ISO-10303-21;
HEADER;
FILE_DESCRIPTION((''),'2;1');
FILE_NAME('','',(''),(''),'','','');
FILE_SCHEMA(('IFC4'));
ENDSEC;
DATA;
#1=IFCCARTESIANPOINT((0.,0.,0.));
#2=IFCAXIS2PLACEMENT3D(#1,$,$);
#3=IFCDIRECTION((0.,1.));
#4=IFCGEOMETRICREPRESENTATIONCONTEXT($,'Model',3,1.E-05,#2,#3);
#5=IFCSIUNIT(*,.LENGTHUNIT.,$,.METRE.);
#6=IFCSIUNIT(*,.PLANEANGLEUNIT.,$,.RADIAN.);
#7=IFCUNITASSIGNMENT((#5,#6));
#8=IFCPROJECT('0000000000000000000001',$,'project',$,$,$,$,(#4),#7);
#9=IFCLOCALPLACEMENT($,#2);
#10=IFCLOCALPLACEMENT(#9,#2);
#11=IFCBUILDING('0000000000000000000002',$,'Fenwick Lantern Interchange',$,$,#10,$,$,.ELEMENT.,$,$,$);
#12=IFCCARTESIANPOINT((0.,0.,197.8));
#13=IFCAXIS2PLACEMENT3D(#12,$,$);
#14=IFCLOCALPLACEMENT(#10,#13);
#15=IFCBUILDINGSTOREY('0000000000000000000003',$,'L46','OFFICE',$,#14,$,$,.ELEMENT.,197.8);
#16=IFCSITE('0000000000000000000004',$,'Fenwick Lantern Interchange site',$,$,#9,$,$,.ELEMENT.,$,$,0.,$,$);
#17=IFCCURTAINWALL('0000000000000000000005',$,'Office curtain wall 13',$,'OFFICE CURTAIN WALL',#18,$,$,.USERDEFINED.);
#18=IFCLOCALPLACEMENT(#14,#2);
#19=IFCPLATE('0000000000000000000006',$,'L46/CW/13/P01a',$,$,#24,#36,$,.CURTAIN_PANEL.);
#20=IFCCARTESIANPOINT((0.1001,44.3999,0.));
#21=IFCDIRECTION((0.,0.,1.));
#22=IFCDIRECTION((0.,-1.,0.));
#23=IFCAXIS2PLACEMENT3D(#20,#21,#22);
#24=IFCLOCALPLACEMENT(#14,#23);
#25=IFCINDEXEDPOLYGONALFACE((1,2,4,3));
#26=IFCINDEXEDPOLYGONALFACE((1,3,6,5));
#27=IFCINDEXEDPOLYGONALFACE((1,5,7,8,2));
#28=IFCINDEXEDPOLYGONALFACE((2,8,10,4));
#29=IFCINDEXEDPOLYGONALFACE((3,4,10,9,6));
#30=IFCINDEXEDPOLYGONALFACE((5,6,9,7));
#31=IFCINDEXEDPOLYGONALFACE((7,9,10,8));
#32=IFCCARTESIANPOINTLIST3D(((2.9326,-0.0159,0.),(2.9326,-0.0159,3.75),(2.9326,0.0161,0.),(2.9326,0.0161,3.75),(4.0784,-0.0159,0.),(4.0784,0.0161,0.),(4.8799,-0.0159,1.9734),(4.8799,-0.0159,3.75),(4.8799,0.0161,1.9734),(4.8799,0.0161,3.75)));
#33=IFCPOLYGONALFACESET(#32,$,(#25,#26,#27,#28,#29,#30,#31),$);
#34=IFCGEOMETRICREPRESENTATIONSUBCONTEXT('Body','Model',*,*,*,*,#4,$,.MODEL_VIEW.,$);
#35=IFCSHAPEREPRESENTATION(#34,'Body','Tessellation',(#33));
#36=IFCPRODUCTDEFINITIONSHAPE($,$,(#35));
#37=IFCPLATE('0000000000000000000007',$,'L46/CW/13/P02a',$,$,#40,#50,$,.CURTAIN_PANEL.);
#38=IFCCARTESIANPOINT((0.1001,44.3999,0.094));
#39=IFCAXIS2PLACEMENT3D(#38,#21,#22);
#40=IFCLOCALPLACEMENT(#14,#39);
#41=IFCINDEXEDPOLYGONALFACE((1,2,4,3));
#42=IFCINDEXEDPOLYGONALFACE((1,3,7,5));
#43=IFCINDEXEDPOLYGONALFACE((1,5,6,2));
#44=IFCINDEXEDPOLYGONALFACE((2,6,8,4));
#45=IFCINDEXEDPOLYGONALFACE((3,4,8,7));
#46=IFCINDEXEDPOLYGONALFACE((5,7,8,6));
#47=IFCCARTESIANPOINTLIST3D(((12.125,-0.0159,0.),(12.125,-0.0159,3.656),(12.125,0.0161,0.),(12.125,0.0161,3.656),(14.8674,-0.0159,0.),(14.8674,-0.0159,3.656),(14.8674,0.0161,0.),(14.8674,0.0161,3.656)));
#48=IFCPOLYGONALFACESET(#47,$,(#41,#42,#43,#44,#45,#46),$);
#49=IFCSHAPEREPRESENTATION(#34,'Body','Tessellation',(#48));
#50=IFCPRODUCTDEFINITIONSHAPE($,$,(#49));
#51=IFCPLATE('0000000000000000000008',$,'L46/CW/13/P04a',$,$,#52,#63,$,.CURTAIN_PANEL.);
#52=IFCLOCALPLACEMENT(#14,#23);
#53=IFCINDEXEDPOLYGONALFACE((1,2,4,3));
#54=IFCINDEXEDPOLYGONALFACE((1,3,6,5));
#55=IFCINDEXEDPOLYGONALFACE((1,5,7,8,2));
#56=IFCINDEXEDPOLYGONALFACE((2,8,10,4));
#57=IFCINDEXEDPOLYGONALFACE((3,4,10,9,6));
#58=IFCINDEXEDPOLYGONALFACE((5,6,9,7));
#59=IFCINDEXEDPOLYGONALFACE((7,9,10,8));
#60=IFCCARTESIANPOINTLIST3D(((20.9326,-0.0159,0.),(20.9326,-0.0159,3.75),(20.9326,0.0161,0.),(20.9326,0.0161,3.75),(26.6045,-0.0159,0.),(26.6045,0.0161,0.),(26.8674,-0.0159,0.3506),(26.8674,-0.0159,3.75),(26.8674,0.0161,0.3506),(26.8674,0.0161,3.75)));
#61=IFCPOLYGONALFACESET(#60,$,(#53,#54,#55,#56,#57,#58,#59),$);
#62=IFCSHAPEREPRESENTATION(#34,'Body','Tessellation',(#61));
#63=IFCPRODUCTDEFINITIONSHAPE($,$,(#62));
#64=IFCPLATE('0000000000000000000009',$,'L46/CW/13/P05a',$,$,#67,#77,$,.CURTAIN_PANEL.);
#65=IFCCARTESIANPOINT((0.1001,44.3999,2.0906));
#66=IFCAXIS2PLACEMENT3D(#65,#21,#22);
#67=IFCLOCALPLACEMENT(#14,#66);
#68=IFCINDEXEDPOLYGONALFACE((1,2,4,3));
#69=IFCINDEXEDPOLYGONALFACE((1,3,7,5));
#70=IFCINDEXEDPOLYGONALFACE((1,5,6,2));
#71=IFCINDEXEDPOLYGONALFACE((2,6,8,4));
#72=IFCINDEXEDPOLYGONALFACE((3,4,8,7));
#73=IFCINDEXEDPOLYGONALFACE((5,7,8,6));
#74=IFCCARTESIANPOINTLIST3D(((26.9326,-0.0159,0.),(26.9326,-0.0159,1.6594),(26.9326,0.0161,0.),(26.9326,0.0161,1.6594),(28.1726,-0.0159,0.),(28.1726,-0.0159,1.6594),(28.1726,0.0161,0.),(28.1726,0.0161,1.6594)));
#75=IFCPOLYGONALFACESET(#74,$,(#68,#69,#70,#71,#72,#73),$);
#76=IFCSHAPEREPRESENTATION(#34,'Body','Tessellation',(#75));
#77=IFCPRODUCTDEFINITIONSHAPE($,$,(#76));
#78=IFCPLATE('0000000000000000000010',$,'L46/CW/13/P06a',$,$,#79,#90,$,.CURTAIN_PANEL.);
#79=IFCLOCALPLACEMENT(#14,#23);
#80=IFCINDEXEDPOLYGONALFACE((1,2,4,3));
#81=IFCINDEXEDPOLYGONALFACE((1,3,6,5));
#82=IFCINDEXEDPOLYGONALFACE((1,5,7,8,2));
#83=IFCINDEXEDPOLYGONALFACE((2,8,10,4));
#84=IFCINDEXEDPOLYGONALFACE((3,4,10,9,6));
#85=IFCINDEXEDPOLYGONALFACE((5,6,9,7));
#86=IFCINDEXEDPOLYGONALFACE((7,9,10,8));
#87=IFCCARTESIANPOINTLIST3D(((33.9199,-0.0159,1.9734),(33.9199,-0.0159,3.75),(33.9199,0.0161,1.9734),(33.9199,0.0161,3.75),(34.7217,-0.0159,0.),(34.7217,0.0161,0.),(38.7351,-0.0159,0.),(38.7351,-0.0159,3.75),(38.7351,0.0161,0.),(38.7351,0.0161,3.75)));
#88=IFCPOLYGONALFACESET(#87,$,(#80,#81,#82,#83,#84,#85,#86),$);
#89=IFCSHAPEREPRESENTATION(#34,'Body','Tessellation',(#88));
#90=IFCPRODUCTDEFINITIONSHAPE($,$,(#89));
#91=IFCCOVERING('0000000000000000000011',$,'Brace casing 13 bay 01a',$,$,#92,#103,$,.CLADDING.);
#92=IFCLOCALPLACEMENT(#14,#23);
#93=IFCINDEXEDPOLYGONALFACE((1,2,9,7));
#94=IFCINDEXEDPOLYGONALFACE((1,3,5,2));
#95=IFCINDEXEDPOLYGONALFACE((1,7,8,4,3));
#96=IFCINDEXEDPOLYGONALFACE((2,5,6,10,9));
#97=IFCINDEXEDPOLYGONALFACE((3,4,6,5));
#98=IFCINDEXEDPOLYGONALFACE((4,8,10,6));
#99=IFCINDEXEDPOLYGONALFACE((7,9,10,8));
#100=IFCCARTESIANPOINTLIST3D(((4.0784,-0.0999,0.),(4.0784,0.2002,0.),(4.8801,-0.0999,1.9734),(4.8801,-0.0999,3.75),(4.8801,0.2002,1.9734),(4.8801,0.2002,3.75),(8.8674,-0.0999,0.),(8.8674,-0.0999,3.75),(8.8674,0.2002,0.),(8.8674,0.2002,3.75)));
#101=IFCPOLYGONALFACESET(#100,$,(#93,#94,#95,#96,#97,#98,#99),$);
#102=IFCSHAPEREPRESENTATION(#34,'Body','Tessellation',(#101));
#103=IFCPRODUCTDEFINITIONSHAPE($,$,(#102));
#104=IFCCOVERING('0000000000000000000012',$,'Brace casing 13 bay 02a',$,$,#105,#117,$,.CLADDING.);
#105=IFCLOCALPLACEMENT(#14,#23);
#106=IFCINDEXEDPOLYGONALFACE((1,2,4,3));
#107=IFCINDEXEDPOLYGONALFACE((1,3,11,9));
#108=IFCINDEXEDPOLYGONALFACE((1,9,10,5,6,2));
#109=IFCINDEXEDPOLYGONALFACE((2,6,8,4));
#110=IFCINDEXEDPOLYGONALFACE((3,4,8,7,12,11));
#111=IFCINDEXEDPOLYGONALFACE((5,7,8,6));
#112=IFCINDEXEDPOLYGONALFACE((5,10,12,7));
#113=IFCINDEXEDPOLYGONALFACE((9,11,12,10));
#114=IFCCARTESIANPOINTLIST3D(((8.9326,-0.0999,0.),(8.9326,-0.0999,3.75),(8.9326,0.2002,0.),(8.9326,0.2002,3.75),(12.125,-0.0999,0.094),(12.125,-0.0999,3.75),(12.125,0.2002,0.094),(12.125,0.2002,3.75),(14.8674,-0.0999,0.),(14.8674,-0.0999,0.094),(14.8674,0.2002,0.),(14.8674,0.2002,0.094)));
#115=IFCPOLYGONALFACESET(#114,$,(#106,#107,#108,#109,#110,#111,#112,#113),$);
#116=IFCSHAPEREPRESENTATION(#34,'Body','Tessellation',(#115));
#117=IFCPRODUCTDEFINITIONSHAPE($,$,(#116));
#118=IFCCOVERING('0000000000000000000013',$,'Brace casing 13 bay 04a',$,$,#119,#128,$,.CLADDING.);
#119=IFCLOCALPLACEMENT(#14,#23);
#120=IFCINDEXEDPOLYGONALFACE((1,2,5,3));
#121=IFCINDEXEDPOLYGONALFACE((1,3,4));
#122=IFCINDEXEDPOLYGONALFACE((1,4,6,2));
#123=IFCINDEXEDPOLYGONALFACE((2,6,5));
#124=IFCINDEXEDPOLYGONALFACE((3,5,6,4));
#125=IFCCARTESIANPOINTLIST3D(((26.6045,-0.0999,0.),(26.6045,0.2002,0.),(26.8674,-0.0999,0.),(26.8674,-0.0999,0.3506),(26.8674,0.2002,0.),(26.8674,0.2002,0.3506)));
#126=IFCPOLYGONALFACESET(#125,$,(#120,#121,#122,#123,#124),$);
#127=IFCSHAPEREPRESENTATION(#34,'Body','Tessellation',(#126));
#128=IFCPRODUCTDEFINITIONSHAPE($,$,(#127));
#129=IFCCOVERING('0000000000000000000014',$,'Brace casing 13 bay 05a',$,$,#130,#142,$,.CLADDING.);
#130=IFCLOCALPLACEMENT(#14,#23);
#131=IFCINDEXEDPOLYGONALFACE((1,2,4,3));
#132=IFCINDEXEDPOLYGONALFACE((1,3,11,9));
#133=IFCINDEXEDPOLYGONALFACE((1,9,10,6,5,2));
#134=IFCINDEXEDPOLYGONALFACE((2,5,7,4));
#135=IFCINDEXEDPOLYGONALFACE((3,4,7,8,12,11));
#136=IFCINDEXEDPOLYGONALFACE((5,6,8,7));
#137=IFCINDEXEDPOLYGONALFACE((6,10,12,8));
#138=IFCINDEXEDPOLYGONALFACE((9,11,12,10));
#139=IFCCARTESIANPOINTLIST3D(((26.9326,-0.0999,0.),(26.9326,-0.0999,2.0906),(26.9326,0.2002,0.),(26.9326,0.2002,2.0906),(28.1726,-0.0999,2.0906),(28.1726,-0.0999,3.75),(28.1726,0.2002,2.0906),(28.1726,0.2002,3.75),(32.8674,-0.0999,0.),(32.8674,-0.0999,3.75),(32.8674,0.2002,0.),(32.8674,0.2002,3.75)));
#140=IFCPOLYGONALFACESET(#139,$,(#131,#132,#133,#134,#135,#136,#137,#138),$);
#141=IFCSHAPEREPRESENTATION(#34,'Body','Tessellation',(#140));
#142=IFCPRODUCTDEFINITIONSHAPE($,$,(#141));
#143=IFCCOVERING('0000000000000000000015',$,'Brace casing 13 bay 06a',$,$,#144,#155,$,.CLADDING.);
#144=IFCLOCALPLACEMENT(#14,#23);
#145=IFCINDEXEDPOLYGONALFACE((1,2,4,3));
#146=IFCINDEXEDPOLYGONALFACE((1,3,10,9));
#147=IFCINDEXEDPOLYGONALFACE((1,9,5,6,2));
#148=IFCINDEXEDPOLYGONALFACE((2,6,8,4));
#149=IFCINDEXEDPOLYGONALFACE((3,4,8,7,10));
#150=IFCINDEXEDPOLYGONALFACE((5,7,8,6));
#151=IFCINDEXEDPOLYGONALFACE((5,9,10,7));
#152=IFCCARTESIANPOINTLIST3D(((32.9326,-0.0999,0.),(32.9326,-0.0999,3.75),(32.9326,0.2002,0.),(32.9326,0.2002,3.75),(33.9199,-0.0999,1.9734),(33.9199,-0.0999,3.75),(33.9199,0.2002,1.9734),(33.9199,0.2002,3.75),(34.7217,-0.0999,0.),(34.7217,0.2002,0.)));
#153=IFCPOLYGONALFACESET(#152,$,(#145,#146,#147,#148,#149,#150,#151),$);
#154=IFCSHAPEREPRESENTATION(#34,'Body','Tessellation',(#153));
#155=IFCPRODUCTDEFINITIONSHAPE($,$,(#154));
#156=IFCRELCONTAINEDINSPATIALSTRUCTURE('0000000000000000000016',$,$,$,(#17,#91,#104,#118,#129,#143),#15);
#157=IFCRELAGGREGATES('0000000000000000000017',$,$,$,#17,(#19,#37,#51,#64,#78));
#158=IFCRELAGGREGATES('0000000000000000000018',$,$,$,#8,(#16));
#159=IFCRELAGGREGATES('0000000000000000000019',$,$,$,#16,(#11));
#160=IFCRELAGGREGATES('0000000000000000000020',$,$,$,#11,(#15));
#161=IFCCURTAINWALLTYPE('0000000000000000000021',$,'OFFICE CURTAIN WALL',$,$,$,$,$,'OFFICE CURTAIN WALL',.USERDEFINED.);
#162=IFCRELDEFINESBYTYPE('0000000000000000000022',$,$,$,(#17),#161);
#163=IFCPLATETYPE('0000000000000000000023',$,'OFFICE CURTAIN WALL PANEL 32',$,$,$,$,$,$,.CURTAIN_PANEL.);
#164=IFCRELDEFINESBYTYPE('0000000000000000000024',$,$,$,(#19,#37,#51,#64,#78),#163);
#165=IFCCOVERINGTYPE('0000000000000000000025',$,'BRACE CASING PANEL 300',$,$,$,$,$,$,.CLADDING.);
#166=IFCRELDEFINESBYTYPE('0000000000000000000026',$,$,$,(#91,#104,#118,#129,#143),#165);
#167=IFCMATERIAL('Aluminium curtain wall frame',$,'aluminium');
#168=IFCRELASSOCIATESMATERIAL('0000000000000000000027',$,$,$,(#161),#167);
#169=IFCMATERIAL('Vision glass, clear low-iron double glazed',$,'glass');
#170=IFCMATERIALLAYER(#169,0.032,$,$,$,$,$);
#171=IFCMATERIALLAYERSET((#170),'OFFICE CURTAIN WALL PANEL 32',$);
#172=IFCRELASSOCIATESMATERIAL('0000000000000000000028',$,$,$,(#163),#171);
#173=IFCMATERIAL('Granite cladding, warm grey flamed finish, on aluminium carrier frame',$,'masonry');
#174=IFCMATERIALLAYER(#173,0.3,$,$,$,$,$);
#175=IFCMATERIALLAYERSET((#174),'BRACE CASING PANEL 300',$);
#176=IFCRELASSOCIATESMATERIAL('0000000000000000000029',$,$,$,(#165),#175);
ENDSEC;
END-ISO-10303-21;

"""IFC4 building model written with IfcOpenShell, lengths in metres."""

from ifc_helpers import new_model, si_unit, direction, frame, origin, place, context, subcontext, project, spatial, polyline, outline, extrude, material, layer, layer_set, type_object, element, aggregate, save


model = new_model("IFC4")

# Units and contexts
model_context = context("Model", 3, precision=1e-05, world=origin(), true_north=direction((0.0, 1.0)))
body_context = subcontext(model_context, "Body", "Model", "MODEL_VIEW")
ifc_project = project(units=[si_unit("LENGTHUNIT", "METRE"), si_unit("PLANEANGLEUNIT", "RADIAN")], contexts=[model_context])

# Site, building, storey
site_placement = place(None, origin())
site = spatial("IfcSite", under=ifc_project, at=site_placement, Name="Fenwick Lantern Interchange site", CompositionType="ELEMENT", RefElevation=0.0)
building_placement = place(site_placement, origin())
building = spatial("IfcBuilding", under=site, at=building_placement, Name="Fenwick Lantern Interchange", CompositionType="ELEMENT")
storey_placement = place(building_placement, frame((0.0, 0.0, 197.8)))
storey = spatial("IfcBuildingStorey", under=building, at=storey_placement, Name="L46", Description="OFFICE", CompositionType="ELEMENT", Elevation=197.8)

# Shared definitions
ifc_material_1 = material(Name="Aluminium curtain wall frame", Category="aluminium")
curtain_wall_type = type_object("IfcCurtainWallType", Name="OFFICE CURTAIN WALL", ElementType="OFFICE CURTAIN WALL", PredefinedType="USERDEFINED", material=ifc_material_1)

# Curtain wall
curtain_wall_1_placement = place(storey_placement, origin())
curtain_wall_1 = element("IfcCurtainWall", 1, at=curtain_wall_1_placement, inside=storey, type_object=curtain_wall_type, Name="Office curtain wall 13", ObjectType="OFFICE CURTAIN WALL", PredefinedType="USERDEFINED")

# Plates
ifc_material_2 = material(Name="Vision glass, clear low-iron double glazed", Category="glass")
ifc_layer_1 = layer(ifc_material_2, 0.032)
ifc_layer_set_1 = layer_set([ifc_layer_1], Name="OFFICE CURTAIN WALL PANEL 32")
plate_type = type_object("IfcPlateType", Name="OFFICE CURTAIN WALL PANEL 32", PredefinedType="CURTAIN_PANEL", material=ifc_layer_set_1)
plate_1_placement = place(storey_placement, frame((0.1001, 44.3999, 0.0), z_axis=(0.0, 0.0, 1.0), x_axis=(0.0, -1.0, 0.0)))
plate_1 = element("IfcPlate", 2, at=plate_1_placement, type_object=plate_type, Name="L46/CW/13/P01a", PredefinedType="CURTAIN_PANEL", context=body_context, shape_type="SweptSolid", body=[
    extrude(outline(polyline([(2.9326, 0.0), (4.0784, 0.0), (4.8799, 1.9734), (4.8799, 3.75), (2.9326, 3.75), (2.9326, 0.0)])), frame((0.0, 0.0161, 0.0), z_axis=(0.0, -1.0, 0.0), x_axis=(1.0, 0.0, 0.0)), (0.0, 0.0, 1.0), 0.032),
])
plate_2_placement = place(storey_placement, frame((0.1001, 44.3999, 0.094), z_axis=(0.0, 0.0, 1.0), x_axis=(0.0, -1.0, 0.0)))
plate_2 = element("IfcPlate", 3, at=plate_2_placement, type_object=plate_type, Name="L46/CW/13/P02a", PredefinedType="CURTAIN_PANEL", context=body_context, shape_type="SweptSolid", body=[
    extrude(outline(polyline([(12.125, 0.0), (14.8674, 0.0), (14.8674, 3.656), (12.125, 3.656), (12.125, 0.0)])), frame((0.0, 0.0161, 0.0), z_axis=(0.0, -1.0, 0.0), x_axis=(1.0, 0.0, 0.0)), (0.0, 0.0, 1.0), 0.032),
])
plate_3_placement = place(storey_placement, frame((0.1001, 44.3999, 0.0), z_axis=(0.0, 0.0, 1.0), x_axis=(0.0, -1.0, 0.0)))
plate_3 = element("IfcPlate", 4, at=plate_3_placement, type_object=plate_type, Name="L46/CW/13/P04a", PredefinedType="CURTAIN_PANEL", context=body_context, shape_type="SweptSolid", body=[
    extrude(outline(polyline([(20.9326, 0.0), (26.6045, 0.0), (26.8674, 0.3506), (26.8674, 3.75), (20.9326, 3.75), (20.9326, 0.0)])), frame((0.0, 0.0161, 0.0), z_axis=(0.0, -1.0, 0.0), x_axis=(1.0, 0.0, 0.0)), (0.0, 0.0, 1.0), 0.032),
])
plate_4_placement = place(storey_placement, frame((0.1001, 44.3999, 2.0906), z_axis=(0.0, 0.0, 1.0), x_axis=(0.0, -1.0, 0.0)))
plate_4 = element("IfcPlate", 5, at=plate_4_placement, type_object=plate_type, Name="L46/CW/13/P05a", PredefinedType="CURTAIN_PANEL", context=body_context, shape_type="SweptSolid", body=[
    extrude(outline(polyline([(26.9326, 0.0), (28.1726, 0.0), (28.1726, 1.6594), (26.9326, 1.6594), (26.9326, 0.0)])), frame((0.0, 0.0161, 0.0), z_axis=(0.0, -1.0, 0.0), x_axis=(1.0, 0.0, 0.0)), (0.0, 0.0, 1.0), 0.032),
])
plate_5_placement = place(storey_placement, frame((0.1001, 44.3999, 0.0), z_axis=(0.0, 0.0, 1.0), x_axis=(0.0, -1.0, 0.0)))
plate_5 = element("IfcPlate", 6, at=plate_5_placement, type_object=plate_type, Name="L46/CW/13/P06a", PredefinedType="CURTAIN_PANEL", context=body_context, shape_type="SweptSolid", body=[
    extrude(outline(polyline([(34.7217, 0.0), (38.7351, 0.0), (38.7351, 3.75), (33.9199, 3.75), (33.9199, 1.9734), (34.7217, 0.0)])), frame((0.0, 0.0161, 0.0), z_axis=(0.0, -1.0, 0.0), x_axis=(1.0, 0.0, 0.0)), (0.0, 0.0, 1.0), 0.032),
])
aggregate(curtain_wall_1, [plate_1, plate_2, plate_3, plate_4, plate_5])

# Coverings
ifc_material_3 = material(Name="Granite cladding, warm grey flamed finish, on aluminium carrier frame", Category="masonry")
ifc_layer_2 = layer(ifc_material_3, 0.3)
ifc_layer_set_2 = layer_set([ifc_layer_2], Name="BRACE CASING PANEL 300")
covering_type = type_object("IfcCoveringType", Name="BRACE CASING PANEL 300", PredefinedType="CLADDING", material=ifc_layer_set_2)
covering_1_placement = place(storey_placement, frame((0.1001, 44.3999, 0.0), z_axis=(0.0, 0.0, 1.0), x_axis=(0.0, -1.0, 0.0)))
element("IfcCovering", 7, at=covering_1_placement, inside=storey, type_object=covering_type, Name="Brace casing 13 bay 01a", PredefinedType="CLADDING", context=body_context, shape_type="SweptSolid", body=[
    extrude(outline(polyline([(4.0784, 0.0), (8.8674, 0.0), (8.8674, 3.75), (4.8801, 3.75), (4.8801, 1.9734), (4.0784, 0.0)])), frame((0.0, 0.2002, 0.0), z_axis=(0.0, -1.0, 0.0), x_axis=(1.0, 0.0, 0.0)), (0.0, 0.0, 1.0), 0.3),
])
covering_2_placement = place(storey_placement, frame((0.1001, 44.3999, 0.0), z_axis=(0.0, 0.0, 1.0), x_axis=(0.0, -1.0, 0.0)))
element("IfcCovering", 8, at=covering_2_placement, inside=storey, type_object=covering_type, Name="Brace casing 13 bay 02a", PredefinedType="CLADDING", context=body_context, shape_type="SweptSolid", body=[
    extrude(outline(polyline([(8.9326, 0.0), (14.8674, 0.0), (14.8674, 0.094), (12.125, 0.094), (12.125, 3.75), (8.9326, 3.75), (8.9326, 0.0)])), frame((0.0, 0.2002, 0.0), z_axis=(0.0, -1.0, 0.0), x_axis=(1.0, 0.0, 0.0)), (0.0, 0.0, 1.0), 0.3),
])
covering_3_placement = place(storey_placement, frame((0.1001, 44.3999, 0.0), z_axis=(0.0, 0.0, 1.0), x_axis=(0.0, -1.0, 0.0)))
element("IfcCovering", 9, at=covering_3_placement, inside=storey, type_object=covering_type, Name="Brace casing 13 bay 04a", PredefinedType="CLADDING", context=body_context, shape_type="SweptSolid", body=[
    extrude(outline(polyline([(26.6045, 0.0), (26.8674, 0.0), (26.8674, 0.3506), (26.6045, 0.0)])), frame((0.0, 0.2002, 0.0), z_axis=(0.0, -1.0, 0.0), x_axis=(1.0, 0.0, 0.0)), (0.0, 0.0, 1.0), 0.3),
])
covering_4_placement = place(storey_placement, frame((0.1001, 44.3999, 0.0), z_axis=(0.0, 0.0, 1.0), x_axis=(0.0, -1.0, 0.0)))
element("IfcCovering", 10, at=covering_4_placement, inside=storey, type_object=covering_type, Name="Brace casing 13 bay 05a", PredefinedType="CLADDING", context=body_context, shape_type="SweptSolid", body=[
    extrude(outline(polyline([(26.9326, 0.0), (32.8674, 0.0), (32.8674, 3.75), (28.1726, 3.75), (28.1726, 2.0906), (26.9326, 2.0906), (26.9326, 0.0)])), frame((0.0, 0.2002, 0.0), z_axis=(0.0, -1.0, 0.0), x_axis=(1.0, 0.0, 0.0)), (0.0, 0.0, 1.0), 0.3),
])
covering_5_placement = place(storey_placement, frame((0.1001, 44.3999, 0.0), z_axis=(0.0, 0.0, 1.0), x_axis=(0.0, -1.0, 0.0)))
element("IfcCovering", 11, at=covering_5_placement, inside=storey, type_object=covering_type, Name="Brace casing 13 bay 06a", PredefinedType="CLADDING", context=body_context, shape_type="SweptSolid", body=[
    extrude(outline(polyline([(32.9326, 0.0), (34.7217, 0.0), (33.9199, 1.9734), (33.9199, 3.75), (32.9326, 3.75), (32.9326, 0.0)])), frame((0.0, 0.2002, 0.0), z_axis=(0.0, -1.0, 0.0), x_axis=(1.0, 0.0, 0.0)), (0.0, 0.0, 1.0), 0.3),
])

save(model, "model.ifc")
